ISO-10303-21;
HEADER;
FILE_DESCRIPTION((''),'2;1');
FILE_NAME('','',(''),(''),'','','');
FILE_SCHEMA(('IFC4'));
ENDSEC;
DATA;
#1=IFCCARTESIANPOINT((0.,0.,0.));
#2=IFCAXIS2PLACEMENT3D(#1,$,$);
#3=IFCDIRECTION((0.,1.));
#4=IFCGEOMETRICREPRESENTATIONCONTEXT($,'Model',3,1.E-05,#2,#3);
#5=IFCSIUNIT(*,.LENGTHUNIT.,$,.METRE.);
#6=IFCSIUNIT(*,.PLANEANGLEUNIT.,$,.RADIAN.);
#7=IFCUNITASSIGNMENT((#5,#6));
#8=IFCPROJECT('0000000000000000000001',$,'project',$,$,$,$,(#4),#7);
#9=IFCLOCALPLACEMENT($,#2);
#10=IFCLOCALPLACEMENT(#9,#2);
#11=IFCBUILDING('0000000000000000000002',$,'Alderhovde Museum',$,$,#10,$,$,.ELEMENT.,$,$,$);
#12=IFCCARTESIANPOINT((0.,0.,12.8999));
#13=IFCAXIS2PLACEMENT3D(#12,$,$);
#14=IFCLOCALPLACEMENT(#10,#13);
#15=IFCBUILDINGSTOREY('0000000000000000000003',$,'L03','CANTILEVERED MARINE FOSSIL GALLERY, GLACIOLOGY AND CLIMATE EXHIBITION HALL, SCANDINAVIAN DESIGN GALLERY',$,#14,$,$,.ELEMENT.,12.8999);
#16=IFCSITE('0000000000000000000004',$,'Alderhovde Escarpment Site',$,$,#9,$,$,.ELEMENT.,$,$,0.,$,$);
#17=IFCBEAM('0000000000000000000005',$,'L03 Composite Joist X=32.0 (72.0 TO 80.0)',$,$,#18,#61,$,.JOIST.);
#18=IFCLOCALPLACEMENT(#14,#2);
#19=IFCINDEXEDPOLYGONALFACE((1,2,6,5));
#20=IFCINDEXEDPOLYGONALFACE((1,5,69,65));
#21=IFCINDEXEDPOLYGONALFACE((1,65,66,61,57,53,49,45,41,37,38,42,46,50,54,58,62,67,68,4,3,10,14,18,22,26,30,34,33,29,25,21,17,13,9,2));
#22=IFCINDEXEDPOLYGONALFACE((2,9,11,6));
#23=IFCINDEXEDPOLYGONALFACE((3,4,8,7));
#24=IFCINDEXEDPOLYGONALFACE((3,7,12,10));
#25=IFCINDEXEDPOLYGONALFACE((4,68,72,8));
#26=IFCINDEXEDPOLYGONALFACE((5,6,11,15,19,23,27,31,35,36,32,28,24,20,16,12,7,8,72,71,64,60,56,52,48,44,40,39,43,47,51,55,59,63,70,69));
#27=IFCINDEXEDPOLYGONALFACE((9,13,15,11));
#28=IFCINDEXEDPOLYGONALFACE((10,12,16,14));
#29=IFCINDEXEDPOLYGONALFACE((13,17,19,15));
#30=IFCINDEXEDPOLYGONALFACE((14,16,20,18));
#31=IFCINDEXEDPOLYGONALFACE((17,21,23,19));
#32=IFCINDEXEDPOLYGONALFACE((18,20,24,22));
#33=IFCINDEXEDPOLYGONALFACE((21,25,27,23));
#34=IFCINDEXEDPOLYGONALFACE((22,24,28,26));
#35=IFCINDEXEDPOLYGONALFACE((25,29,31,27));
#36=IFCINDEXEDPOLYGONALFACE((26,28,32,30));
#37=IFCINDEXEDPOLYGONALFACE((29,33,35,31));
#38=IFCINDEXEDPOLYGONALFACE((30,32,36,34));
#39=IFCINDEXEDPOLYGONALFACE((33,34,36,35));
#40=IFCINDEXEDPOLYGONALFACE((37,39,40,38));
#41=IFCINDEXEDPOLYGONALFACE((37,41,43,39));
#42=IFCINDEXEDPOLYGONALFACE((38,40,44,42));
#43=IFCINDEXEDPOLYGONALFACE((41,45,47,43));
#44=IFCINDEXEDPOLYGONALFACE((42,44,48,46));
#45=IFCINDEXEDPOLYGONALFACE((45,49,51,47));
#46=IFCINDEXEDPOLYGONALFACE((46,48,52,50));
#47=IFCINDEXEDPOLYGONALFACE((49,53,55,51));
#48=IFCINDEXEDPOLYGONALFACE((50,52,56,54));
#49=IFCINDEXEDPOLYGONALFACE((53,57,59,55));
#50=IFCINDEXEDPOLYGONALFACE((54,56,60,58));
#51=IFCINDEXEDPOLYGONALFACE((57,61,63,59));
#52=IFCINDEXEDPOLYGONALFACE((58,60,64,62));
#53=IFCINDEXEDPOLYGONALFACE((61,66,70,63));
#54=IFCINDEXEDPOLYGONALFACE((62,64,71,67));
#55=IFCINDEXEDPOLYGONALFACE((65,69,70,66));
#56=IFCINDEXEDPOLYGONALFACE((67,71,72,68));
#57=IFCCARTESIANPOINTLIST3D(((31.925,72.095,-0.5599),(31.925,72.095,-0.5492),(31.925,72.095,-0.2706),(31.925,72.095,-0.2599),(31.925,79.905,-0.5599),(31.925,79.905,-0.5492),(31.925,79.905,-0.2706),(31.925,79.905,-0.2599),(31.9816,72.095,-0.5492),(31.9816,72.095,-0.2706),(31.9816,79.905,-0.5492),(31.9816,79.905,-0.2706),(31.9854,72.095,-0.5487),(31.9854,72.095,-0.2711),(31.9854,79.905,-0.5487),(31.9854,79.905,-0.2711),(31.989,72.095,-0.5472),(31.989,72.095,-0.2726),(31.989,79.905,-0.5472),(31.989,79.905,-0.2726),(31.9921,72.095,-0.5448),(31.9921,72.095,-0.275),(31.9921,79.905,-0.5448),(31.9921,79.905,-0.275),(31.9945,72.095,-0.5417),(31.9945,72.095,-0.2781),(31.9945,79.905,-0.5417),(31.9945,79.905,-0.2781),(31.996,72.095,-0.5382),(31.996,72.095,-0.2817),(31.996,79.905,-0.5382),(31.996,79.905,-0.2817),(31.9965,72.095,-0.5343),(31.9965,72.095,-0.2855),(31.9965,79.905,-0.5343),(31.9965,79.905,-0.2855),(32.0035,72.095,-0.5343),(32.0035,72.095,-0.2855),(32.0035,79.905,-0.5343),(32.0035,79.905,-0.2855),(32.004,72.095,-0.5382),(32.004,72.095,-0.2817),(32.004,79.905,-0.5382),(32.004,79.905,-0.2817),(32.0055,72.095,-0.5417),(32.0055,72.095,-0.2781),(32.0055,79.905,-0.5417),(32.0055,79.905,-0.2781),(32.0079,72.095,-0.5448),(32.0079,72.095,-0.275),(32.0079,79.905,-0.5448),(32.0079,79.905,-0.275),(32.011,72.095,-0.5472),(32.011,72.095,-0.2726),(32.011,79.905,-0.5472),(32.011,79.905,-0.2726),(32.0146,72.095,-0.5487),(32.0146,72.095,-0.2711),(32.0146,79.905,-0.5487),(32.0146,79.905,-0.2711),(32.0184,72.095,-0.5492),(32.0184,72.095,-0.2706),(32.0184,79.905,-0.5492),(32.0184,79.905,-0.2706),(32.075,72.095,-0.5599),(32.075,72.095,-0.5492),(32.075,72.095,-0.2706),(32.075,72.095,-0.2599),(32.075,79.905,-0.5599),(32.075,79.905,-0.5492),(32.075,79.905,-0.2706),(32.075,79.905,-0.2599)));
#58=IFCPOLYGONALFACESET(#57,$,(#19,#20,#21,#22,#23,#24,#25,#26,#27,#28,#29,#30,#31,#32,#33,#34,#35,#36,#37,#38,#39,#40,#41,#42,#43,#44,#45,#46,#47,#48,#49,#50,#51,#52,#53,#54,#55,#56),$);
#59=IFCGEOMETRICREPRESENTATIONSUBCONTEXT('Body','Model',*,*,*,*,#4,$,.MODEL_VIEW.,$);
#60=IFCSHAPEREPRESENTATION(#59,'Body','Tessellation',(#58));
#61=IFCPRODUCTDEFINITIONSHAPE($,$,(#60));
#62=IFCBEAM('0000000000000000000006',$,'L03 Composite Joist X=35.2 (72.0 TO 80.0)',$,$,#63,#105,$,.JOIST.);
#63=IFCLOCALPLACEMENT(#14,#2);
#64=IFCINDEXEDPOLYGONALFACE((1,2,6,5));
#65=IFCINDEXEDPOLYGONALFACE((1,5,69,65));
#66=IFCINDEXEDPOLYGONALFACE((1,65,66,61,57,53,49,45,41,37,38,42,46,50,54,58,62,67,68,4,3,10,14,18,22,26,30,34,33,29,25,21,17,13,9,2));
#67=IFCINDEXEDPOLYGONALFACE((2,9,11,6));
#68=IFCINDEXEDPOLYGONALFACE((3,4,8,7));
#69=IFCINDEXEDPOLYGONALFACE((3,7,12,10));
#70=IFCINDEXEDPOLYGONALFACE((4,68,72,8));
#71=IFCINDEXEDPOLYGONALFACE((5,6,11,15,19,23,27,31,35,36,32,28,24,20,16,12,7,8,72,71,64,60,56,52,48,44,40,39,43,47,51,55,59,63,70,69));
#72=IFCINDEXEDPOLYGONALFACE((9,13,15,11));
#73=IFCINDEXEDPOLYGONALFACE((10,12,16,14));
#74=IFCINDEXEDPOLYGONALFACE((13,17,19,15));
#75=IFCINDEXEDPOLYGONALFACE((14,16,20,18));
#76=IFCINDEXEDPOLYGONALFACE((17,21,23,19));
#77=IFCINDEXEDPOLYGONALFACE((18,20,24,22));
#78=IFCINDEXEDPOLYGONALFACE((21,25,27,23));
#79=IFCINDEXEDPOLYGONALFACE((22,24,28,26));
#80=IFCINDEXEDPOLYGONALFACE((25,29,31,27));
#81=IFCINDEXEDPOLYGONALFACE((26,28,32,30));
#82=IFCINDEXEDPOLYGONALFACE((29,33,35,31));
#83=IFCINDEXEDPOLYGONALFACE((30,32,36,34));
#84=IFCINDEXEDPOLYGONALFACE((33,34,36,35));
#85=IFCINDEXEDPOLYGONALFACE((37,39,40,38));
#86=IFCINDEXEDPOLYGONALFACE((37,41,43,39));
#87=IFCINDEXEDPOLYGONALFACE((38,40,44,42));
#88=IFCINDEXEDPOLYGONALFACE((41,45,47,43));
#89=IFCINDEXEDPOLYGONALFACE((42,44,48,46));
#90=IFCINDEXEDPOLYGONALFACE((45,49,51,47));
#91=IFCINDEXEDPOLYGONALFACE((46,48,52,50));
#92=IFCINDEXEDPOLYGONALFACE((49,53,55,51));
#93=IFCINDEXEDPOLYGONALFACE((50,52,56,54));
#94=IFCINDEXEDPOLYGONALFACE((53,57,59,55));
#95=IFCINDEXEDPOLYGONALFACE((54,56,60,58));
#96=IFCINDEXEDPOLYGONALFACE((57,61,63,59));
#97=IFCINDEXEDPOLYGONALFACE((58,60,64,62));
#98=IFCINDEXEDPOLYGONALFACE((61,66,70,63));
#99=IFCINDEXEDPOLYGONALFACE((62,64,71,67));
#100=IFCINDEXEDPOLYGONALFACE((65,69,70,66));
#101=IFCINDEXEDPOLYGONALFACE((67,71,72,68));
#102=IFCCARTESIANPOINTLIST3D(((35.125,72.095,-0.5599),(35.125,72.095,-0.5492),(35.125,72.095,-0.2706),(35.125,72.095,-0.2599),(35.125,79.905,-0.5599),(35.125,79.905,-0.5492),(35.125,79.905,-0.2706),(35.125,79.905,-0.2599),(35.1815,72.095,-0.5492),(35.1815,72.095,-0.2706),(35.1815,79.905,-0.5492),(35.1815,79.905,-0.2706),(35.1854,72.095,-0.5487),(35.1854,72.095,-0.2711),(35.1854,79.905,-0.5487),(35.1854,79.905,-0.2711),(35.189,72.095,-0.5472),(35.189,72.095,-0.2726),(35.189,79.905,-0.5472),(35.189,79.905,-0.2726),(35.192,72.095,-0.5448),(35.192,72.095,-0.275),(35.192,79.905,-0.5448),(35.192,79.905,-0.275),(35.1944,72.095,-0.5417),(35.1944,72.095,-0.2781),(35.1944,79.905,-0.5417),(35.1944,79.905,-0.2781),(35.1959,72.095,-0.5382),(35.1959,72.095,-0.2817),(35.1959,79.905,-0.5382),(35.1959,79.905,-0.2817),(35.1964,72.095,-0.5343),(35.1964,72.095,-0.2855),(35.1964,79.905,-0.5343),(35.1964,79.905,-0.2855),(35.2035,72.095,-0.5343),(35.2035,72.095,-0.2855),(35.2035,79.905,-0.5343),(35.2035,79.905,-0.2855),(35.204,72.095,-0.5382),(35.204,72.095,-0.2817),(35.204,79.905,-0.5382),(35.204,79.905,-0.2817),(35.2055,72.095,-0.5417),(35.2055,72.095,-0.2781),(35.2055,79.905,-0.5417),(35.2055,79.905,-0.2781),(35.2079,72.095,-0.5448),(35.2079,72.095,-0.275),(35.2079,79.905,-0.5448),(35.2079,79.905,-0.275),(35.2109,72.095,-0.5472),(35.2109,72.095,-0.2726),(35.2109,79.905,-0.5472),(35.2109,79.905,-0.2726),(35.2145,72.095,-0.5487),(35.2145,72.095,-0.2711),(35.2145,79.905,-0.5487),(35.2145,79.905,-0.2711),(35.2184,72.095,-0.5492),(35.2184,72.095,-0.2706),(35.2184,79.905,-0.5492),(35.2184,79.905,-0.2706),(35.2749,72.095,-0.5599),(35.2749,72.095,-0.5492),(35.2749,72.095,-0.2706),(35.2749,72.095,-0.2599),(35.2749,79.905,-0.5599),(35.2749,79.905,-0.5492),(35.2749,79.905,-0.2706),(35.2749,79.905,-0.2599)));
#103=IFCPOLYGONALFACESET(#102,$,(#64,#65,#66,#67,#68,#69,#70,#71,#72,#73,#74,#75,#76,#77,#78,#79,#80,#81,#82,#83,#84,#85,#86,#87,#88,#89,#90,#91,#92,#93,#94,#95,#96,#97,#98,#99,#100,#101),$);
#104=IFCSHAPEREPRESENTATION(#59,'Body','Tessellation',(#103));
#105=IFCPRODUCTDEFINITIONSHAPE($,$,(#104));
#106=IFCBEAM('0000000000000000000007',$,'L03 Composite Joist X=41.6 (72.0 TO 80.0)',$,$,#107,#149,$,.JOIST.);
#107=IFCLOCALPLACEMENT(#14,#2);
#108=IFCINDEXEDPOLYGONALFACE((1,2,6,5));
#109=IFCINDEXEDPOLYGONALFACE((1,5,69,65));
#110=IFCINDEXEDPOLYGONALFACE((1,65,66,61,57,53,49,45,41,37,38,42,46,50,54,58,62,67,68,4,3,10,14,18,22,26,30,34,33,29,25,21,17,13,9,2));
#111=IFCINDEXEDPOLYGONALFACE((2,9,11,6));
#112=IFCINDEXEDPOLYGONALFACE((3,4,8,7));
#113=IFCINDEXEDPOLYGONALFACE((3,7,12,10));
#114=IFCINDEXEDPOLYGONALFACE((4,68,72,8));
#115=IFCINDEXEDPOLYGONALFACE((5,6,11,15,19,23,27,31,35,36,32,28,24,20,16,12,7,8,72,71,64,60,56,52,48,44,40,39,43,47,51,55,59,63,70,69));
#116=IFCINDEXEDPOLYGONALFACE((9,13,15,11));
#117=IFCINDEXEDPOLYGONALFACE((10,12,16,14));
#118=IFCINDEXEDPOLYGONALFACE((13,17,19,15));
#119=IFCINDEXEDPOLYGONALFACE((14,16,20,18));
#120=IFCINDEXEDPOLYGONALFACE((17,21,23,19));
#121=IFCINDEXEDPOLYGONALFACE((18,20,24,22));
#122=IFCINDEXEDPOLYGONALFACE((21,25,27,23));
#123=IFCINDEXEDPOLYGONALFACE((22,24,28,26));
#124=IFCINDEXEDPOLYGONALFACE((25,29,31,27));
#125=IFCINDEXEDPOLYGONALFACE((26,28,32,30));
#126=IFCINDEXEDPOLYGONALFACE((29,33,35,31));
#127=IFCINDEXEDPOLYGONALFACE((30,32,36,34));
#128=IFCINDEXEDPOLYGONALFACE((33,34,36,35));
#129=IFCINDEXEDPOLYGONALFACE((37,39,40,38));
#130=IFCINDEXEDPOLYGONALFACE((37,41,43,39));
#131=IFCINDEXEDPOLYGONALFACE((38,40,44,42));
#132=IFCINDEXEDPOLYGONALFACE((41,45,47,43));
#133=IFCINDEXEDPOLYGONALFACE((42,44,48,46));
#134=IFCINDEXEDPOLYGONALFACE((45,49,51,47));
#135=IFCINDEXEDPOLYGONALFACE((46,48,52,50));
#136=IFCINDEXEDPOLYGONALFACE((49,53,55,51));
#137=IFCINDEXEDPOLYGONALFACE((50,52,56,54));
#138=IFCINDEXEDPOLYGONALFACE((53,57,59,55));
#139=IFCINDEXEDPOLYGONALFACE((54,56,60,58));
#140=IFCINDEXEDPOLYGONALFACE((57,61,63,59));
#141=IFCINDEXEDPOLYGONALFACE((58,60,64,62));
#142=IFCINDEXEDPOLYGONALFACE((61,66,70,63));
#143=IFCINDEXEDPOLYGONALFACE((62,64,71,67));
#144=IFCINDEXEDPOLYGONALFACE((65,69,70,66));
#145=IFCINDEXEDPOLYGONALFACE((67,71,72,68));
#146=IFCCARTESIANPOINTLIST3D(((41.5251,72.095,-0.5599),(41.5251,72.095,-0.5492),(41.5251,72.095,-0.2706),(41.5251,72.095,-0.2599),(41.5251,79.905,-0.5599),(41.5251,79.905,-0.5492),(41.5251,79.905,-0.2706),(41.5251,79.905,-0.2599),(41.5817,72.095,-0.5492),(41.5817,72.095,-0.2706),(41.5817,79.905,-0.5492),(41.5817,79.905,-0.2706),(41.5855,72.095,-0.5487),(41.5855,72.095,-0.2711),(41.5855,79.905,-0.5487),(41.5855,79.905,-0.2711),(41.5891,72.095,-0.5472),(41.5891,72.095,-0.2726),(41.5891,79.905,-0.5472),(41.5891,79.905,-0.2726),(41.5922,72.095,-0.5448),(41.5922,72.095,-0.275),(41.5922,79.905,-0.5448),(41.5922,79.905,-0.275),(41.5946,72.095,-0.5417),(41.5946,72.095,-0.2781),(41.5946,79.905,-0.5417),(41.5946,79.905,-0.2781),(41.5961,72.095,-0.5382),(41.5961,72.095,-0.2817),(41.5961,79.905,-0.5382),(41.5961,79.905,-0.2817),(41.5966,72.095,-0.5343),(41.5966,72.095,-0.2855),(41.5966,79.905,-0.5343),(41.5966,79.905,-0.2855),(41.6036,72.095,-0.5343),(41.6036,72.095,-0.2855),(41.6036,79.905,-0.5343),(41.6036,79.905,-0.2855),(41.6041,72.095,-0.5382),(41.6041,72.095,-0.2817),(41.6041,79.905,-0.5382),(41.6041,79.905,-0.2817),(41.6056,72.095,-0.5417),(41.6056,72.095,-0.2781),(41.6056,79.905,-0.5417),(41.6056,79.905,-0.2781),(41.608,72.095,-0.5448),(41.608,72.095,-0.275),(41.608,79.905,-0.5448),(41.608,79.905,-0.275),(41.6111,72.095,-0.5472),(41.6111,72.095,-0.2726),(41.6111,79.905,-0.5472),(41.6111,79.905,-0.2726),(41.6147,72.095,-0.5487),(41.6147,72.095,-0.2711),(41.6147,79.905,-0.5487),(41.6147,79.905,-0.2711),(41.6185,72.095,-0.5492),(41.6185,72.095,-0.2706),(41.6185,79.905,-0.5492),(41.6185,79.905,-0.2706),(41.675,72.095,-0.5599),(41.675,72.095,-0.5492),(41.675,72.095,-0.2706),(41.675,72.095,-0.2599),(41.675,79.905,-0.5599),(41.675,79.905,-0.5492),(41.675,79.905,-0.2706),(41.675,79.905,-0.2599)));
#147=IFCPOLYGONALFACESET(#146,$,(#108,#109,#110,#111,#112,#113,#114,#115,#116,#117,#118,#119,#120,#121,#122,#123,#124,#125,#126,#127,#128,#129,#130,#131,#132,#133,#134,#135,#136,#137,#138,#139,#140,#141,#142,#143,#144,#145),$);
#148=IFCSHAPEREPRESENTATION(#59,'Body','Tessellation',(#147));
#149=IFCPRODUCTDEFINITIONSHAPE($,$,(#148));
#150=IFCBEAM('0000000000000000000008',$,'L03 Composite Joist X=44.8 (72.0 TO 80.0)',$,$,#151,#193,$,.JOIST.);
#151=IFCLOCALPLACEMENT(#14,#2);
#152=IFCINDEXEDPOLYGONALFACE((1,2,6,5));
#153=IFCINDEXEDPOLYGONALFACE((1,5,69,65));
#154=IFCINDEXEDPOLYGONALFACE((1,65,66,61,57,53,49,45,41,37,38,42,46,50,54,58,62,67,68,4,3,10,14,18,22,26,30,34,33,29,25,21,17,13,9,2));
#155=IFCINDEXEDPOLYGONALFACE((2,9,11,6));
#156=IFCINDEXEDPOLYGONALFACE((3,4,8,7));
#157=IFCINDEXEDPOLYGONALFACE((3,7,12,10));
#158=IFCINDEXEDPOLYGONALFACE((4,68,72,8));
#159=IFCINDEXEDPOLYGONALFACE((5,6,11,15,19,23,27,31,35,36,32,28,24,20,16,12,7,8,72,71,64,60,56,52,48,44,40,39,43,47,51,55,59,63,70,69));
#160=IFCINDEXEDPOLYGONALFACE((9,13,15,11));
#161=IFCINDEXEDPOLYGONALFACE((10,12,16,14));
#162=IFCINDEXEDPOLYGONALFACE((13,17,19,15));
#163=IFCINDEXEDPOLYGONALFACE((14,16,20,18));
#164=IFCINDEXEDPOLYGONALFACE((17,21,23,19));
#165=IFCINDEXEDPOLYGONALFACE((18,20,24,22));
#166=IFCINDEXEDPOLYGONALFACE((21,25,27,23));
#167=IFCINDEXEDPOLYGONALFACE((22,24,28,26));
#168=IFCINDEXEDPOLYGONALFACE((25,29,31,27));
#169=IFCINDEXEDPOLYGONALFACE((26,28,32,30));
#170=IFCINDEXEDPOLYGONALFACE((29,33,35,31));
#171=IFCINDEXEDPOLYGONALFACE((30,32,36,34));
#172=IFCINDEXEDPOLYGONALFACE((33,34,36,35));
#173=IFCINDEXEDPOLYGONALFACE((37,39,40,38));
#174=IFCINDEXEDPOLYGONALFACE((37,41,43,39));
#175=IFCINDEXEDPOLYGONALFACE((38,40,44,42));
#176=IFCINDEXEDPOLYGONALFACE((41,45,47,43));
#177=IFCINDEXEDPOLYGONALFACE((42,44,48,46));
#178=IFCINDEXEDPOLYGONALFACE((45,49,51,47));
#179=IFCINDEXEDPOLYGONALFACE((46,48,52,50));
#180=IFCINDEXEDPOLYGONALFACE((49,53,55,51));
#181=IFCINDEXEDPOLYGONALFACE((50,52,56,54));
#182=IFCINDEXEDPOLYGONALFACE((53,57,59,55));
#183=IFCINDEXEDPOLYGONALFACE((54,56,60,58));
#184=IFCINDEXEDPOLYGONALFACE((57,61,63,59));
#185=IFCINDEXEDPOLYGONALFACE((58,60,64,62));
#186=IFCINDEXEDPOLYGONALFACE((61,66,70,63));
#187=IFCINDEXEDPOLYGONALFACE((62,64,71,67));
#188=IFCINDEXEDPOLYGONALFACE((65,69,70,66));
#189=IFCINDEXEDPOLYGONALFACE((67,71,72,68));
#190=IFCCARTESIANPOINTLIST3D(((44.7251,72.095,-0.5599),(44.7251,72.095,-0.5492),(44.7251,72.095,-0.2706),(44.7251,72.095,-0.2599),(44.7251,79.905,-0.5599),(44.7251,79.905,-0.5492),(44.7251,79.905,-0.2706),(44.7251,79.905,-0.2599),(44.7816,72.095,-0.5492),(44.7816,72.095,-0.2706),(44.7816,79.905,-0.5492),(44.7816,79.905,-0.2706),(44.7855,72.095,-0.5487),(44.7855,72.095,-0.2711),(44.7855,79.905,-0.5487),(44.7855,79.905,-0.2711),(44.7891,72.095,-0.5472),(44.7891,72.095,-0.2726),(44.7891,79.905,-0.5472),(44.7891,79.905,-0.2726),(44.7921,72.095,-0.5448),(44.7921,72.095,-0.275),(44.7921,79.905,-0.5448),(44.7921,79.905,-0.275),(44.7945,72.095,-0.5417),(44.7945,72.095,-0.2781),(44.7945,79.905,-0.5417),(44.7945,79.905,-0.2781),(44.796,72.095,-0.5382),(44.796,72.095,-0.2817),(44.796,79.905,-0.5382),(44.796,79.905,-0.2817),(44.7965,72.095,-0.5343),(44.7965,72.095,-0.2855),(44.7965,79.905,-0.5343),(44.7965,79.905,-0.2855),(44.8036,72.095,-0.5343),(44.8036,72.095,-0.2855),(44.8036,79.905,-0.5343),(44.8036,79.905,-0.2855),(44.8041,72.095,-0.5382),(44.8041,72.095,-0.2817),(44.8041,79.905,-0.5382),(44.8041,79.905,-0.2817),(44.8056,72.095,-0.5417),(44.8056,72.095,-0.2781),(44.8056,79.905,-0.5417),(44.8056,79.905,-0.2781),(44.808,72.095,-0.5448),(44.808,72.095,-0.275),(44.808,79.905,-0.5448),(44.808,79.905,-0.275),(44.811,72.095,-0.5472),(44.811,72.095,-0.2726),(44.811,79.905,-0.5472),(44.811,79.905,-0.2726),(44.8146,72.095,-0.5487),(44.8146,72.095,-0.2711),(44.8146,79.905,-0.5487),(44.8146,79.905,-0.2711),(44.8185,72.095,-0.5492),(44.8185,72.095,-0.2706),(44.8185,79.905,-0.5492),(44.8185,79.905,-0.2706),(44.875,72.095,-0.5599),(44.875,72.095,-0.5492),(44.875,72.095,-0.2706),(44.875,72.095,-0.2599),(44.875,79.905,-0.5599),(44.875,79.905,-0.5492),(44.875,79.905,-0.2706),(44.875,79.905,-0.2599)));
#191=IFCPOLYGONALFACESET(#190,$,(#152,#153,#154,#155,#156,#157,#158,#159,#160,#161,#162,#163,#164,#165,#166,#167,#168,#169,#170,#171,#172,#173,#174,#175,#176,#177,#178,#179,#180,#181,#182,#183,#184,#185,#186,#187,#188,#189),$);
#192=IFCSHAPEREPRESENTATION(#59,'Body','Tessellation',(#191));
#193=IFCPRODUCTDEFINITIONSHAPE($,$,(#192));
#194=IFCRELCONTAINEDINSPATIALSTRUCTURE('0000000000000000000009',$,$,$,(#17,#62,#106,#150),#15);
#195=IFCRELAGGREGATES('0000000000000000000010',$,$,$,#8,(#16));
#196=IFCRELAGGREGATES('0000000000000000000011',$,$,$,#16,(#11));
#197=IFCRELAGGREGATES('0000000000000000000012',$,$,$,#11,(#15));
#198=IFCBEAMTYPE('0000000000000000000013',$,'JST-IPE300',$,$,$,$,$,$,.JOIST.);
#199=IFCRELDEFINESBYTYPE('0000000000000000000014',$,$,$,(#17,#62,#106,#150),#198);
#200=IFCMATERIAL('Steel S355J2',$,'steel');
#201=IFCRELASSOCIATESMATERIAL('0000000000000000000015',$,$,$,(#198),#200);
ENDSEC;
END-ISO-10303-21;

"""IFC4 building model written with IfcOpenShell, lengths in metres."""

from ifc_helpers import new_model, si_unit, direction, frame, origin, origin_2d, place, context, subcontext, project, spatial, i_section, extrude, material, material_profile, profile_set, type_object, element, save


model = new_model("IFC4")

# Units and contexts
model_context = context("Model", 3, precision=1e-05, world=origin(), true_north=direction((0.0, 1.0)))
body_context = subcontext(model_context, "Body", "Model", "MODEL_VIEW")
ifc_project = project(units=[si_unit("LENGTHUNIT", "METRE"), si_unit("PLANEANGLEUNIT", "RADIAN")], contexts=[model_context])

# Site, building, storey
site_placement = place(None, origin())
site = spatial("IfcSite", under=ifc_project, at=site_placement, Name="Alderhovde Escarpment Site", CompositionType="ELEMENT", RefElevation=0.0)
building_placement = place(site_placement, origin())
building = spatial("IfcBuilding", under=site, at=building_placement, Name="Alderhovde Museum", CompositionType="ELEMENT")
storey_placement = place(building_placement, frame((0.0, 0.0, 12.8999)))
storey = spatial("IfcBuildingStorey", under=building, at=storey_placement, Name="L03", Description="CANTILEVERED MARINE FOSSIL GALLERY, GLACIOLOGY AND CLIMATE EXHIBITION HALL, SCANDINAVIAN DESIGN GALLERY", CompositionType="ELEMENT", Elevation=12.8999)

# Beams
ifc_material_1 = material(Name="Steel S355J2", Category="steel")
ifc_material_profile_1 = material_profile(ifc_material_1, i_section(OverallWidth=0.1499, OverallDepth=0.3, WebThickness=0.0071, FlangeThickness=0.0107, FilletRadius=0.0149, at=origin_2d()), Name="IPE 300")
ifc_profile_set_1 = profile_set([ifc_material_profile_1], Name="Steel S355J2")
beam_type_1 = type_object("IfcBeamType", Name="JST-IPE300", PredefinedType="JOIST", material=ifc_profile_set_1)
for number, where, z_axis, x_axis, name in (
    (1, (32.0, 72.095, -0.4099), (0.0, 1.0, 0.0), (-1.0, 0.0, 0.0), "L03 Composite Joist X=32.0 (72.0 TO 80.0)"),
    (2, (35.2, 72.095, -0.4099), (0.0, 1.0, 0.0), (-1.0, 0.0, 0.0), "L03 Composite Joist X=35.2 (72.0 TO 80.0)"),
    (3, (41.6001, 72.095, -0.4099), (0.0, 1.0, 0.0), (-1.0, 0.0, 0.0), "L03 Composite Joist X=41.6 (72.0 TO 80.0)"),
    (4, (44.8, 72.095, -0.4099), (0.0, 1.0, 0.0), (-1.0, 0.0, 0.0), "L03 Composite Joist X=44.8 (72.0 TO 80.0)"),
):
    element("IfcBeam", number, at=place(storey_placement, frame(where, z_axis=z_axis, x_axis=x_axis)), inside=storey, type_object=beam_type_1, Name=name, PredefinedType="JOIST", context=body_context, shape_type="SweptSolid", body=[
        extrude(i_section(OverallWidth=0.1499, OverallDepth=0.3, WebThickness=0.0071, FlangeThickness=0.0107, FilletRadius=0.0149, at=origin_2d()), origin(), (0.0, 0.0, 1.0), 7.8101),
    ])

save(model, "model.ifc")
